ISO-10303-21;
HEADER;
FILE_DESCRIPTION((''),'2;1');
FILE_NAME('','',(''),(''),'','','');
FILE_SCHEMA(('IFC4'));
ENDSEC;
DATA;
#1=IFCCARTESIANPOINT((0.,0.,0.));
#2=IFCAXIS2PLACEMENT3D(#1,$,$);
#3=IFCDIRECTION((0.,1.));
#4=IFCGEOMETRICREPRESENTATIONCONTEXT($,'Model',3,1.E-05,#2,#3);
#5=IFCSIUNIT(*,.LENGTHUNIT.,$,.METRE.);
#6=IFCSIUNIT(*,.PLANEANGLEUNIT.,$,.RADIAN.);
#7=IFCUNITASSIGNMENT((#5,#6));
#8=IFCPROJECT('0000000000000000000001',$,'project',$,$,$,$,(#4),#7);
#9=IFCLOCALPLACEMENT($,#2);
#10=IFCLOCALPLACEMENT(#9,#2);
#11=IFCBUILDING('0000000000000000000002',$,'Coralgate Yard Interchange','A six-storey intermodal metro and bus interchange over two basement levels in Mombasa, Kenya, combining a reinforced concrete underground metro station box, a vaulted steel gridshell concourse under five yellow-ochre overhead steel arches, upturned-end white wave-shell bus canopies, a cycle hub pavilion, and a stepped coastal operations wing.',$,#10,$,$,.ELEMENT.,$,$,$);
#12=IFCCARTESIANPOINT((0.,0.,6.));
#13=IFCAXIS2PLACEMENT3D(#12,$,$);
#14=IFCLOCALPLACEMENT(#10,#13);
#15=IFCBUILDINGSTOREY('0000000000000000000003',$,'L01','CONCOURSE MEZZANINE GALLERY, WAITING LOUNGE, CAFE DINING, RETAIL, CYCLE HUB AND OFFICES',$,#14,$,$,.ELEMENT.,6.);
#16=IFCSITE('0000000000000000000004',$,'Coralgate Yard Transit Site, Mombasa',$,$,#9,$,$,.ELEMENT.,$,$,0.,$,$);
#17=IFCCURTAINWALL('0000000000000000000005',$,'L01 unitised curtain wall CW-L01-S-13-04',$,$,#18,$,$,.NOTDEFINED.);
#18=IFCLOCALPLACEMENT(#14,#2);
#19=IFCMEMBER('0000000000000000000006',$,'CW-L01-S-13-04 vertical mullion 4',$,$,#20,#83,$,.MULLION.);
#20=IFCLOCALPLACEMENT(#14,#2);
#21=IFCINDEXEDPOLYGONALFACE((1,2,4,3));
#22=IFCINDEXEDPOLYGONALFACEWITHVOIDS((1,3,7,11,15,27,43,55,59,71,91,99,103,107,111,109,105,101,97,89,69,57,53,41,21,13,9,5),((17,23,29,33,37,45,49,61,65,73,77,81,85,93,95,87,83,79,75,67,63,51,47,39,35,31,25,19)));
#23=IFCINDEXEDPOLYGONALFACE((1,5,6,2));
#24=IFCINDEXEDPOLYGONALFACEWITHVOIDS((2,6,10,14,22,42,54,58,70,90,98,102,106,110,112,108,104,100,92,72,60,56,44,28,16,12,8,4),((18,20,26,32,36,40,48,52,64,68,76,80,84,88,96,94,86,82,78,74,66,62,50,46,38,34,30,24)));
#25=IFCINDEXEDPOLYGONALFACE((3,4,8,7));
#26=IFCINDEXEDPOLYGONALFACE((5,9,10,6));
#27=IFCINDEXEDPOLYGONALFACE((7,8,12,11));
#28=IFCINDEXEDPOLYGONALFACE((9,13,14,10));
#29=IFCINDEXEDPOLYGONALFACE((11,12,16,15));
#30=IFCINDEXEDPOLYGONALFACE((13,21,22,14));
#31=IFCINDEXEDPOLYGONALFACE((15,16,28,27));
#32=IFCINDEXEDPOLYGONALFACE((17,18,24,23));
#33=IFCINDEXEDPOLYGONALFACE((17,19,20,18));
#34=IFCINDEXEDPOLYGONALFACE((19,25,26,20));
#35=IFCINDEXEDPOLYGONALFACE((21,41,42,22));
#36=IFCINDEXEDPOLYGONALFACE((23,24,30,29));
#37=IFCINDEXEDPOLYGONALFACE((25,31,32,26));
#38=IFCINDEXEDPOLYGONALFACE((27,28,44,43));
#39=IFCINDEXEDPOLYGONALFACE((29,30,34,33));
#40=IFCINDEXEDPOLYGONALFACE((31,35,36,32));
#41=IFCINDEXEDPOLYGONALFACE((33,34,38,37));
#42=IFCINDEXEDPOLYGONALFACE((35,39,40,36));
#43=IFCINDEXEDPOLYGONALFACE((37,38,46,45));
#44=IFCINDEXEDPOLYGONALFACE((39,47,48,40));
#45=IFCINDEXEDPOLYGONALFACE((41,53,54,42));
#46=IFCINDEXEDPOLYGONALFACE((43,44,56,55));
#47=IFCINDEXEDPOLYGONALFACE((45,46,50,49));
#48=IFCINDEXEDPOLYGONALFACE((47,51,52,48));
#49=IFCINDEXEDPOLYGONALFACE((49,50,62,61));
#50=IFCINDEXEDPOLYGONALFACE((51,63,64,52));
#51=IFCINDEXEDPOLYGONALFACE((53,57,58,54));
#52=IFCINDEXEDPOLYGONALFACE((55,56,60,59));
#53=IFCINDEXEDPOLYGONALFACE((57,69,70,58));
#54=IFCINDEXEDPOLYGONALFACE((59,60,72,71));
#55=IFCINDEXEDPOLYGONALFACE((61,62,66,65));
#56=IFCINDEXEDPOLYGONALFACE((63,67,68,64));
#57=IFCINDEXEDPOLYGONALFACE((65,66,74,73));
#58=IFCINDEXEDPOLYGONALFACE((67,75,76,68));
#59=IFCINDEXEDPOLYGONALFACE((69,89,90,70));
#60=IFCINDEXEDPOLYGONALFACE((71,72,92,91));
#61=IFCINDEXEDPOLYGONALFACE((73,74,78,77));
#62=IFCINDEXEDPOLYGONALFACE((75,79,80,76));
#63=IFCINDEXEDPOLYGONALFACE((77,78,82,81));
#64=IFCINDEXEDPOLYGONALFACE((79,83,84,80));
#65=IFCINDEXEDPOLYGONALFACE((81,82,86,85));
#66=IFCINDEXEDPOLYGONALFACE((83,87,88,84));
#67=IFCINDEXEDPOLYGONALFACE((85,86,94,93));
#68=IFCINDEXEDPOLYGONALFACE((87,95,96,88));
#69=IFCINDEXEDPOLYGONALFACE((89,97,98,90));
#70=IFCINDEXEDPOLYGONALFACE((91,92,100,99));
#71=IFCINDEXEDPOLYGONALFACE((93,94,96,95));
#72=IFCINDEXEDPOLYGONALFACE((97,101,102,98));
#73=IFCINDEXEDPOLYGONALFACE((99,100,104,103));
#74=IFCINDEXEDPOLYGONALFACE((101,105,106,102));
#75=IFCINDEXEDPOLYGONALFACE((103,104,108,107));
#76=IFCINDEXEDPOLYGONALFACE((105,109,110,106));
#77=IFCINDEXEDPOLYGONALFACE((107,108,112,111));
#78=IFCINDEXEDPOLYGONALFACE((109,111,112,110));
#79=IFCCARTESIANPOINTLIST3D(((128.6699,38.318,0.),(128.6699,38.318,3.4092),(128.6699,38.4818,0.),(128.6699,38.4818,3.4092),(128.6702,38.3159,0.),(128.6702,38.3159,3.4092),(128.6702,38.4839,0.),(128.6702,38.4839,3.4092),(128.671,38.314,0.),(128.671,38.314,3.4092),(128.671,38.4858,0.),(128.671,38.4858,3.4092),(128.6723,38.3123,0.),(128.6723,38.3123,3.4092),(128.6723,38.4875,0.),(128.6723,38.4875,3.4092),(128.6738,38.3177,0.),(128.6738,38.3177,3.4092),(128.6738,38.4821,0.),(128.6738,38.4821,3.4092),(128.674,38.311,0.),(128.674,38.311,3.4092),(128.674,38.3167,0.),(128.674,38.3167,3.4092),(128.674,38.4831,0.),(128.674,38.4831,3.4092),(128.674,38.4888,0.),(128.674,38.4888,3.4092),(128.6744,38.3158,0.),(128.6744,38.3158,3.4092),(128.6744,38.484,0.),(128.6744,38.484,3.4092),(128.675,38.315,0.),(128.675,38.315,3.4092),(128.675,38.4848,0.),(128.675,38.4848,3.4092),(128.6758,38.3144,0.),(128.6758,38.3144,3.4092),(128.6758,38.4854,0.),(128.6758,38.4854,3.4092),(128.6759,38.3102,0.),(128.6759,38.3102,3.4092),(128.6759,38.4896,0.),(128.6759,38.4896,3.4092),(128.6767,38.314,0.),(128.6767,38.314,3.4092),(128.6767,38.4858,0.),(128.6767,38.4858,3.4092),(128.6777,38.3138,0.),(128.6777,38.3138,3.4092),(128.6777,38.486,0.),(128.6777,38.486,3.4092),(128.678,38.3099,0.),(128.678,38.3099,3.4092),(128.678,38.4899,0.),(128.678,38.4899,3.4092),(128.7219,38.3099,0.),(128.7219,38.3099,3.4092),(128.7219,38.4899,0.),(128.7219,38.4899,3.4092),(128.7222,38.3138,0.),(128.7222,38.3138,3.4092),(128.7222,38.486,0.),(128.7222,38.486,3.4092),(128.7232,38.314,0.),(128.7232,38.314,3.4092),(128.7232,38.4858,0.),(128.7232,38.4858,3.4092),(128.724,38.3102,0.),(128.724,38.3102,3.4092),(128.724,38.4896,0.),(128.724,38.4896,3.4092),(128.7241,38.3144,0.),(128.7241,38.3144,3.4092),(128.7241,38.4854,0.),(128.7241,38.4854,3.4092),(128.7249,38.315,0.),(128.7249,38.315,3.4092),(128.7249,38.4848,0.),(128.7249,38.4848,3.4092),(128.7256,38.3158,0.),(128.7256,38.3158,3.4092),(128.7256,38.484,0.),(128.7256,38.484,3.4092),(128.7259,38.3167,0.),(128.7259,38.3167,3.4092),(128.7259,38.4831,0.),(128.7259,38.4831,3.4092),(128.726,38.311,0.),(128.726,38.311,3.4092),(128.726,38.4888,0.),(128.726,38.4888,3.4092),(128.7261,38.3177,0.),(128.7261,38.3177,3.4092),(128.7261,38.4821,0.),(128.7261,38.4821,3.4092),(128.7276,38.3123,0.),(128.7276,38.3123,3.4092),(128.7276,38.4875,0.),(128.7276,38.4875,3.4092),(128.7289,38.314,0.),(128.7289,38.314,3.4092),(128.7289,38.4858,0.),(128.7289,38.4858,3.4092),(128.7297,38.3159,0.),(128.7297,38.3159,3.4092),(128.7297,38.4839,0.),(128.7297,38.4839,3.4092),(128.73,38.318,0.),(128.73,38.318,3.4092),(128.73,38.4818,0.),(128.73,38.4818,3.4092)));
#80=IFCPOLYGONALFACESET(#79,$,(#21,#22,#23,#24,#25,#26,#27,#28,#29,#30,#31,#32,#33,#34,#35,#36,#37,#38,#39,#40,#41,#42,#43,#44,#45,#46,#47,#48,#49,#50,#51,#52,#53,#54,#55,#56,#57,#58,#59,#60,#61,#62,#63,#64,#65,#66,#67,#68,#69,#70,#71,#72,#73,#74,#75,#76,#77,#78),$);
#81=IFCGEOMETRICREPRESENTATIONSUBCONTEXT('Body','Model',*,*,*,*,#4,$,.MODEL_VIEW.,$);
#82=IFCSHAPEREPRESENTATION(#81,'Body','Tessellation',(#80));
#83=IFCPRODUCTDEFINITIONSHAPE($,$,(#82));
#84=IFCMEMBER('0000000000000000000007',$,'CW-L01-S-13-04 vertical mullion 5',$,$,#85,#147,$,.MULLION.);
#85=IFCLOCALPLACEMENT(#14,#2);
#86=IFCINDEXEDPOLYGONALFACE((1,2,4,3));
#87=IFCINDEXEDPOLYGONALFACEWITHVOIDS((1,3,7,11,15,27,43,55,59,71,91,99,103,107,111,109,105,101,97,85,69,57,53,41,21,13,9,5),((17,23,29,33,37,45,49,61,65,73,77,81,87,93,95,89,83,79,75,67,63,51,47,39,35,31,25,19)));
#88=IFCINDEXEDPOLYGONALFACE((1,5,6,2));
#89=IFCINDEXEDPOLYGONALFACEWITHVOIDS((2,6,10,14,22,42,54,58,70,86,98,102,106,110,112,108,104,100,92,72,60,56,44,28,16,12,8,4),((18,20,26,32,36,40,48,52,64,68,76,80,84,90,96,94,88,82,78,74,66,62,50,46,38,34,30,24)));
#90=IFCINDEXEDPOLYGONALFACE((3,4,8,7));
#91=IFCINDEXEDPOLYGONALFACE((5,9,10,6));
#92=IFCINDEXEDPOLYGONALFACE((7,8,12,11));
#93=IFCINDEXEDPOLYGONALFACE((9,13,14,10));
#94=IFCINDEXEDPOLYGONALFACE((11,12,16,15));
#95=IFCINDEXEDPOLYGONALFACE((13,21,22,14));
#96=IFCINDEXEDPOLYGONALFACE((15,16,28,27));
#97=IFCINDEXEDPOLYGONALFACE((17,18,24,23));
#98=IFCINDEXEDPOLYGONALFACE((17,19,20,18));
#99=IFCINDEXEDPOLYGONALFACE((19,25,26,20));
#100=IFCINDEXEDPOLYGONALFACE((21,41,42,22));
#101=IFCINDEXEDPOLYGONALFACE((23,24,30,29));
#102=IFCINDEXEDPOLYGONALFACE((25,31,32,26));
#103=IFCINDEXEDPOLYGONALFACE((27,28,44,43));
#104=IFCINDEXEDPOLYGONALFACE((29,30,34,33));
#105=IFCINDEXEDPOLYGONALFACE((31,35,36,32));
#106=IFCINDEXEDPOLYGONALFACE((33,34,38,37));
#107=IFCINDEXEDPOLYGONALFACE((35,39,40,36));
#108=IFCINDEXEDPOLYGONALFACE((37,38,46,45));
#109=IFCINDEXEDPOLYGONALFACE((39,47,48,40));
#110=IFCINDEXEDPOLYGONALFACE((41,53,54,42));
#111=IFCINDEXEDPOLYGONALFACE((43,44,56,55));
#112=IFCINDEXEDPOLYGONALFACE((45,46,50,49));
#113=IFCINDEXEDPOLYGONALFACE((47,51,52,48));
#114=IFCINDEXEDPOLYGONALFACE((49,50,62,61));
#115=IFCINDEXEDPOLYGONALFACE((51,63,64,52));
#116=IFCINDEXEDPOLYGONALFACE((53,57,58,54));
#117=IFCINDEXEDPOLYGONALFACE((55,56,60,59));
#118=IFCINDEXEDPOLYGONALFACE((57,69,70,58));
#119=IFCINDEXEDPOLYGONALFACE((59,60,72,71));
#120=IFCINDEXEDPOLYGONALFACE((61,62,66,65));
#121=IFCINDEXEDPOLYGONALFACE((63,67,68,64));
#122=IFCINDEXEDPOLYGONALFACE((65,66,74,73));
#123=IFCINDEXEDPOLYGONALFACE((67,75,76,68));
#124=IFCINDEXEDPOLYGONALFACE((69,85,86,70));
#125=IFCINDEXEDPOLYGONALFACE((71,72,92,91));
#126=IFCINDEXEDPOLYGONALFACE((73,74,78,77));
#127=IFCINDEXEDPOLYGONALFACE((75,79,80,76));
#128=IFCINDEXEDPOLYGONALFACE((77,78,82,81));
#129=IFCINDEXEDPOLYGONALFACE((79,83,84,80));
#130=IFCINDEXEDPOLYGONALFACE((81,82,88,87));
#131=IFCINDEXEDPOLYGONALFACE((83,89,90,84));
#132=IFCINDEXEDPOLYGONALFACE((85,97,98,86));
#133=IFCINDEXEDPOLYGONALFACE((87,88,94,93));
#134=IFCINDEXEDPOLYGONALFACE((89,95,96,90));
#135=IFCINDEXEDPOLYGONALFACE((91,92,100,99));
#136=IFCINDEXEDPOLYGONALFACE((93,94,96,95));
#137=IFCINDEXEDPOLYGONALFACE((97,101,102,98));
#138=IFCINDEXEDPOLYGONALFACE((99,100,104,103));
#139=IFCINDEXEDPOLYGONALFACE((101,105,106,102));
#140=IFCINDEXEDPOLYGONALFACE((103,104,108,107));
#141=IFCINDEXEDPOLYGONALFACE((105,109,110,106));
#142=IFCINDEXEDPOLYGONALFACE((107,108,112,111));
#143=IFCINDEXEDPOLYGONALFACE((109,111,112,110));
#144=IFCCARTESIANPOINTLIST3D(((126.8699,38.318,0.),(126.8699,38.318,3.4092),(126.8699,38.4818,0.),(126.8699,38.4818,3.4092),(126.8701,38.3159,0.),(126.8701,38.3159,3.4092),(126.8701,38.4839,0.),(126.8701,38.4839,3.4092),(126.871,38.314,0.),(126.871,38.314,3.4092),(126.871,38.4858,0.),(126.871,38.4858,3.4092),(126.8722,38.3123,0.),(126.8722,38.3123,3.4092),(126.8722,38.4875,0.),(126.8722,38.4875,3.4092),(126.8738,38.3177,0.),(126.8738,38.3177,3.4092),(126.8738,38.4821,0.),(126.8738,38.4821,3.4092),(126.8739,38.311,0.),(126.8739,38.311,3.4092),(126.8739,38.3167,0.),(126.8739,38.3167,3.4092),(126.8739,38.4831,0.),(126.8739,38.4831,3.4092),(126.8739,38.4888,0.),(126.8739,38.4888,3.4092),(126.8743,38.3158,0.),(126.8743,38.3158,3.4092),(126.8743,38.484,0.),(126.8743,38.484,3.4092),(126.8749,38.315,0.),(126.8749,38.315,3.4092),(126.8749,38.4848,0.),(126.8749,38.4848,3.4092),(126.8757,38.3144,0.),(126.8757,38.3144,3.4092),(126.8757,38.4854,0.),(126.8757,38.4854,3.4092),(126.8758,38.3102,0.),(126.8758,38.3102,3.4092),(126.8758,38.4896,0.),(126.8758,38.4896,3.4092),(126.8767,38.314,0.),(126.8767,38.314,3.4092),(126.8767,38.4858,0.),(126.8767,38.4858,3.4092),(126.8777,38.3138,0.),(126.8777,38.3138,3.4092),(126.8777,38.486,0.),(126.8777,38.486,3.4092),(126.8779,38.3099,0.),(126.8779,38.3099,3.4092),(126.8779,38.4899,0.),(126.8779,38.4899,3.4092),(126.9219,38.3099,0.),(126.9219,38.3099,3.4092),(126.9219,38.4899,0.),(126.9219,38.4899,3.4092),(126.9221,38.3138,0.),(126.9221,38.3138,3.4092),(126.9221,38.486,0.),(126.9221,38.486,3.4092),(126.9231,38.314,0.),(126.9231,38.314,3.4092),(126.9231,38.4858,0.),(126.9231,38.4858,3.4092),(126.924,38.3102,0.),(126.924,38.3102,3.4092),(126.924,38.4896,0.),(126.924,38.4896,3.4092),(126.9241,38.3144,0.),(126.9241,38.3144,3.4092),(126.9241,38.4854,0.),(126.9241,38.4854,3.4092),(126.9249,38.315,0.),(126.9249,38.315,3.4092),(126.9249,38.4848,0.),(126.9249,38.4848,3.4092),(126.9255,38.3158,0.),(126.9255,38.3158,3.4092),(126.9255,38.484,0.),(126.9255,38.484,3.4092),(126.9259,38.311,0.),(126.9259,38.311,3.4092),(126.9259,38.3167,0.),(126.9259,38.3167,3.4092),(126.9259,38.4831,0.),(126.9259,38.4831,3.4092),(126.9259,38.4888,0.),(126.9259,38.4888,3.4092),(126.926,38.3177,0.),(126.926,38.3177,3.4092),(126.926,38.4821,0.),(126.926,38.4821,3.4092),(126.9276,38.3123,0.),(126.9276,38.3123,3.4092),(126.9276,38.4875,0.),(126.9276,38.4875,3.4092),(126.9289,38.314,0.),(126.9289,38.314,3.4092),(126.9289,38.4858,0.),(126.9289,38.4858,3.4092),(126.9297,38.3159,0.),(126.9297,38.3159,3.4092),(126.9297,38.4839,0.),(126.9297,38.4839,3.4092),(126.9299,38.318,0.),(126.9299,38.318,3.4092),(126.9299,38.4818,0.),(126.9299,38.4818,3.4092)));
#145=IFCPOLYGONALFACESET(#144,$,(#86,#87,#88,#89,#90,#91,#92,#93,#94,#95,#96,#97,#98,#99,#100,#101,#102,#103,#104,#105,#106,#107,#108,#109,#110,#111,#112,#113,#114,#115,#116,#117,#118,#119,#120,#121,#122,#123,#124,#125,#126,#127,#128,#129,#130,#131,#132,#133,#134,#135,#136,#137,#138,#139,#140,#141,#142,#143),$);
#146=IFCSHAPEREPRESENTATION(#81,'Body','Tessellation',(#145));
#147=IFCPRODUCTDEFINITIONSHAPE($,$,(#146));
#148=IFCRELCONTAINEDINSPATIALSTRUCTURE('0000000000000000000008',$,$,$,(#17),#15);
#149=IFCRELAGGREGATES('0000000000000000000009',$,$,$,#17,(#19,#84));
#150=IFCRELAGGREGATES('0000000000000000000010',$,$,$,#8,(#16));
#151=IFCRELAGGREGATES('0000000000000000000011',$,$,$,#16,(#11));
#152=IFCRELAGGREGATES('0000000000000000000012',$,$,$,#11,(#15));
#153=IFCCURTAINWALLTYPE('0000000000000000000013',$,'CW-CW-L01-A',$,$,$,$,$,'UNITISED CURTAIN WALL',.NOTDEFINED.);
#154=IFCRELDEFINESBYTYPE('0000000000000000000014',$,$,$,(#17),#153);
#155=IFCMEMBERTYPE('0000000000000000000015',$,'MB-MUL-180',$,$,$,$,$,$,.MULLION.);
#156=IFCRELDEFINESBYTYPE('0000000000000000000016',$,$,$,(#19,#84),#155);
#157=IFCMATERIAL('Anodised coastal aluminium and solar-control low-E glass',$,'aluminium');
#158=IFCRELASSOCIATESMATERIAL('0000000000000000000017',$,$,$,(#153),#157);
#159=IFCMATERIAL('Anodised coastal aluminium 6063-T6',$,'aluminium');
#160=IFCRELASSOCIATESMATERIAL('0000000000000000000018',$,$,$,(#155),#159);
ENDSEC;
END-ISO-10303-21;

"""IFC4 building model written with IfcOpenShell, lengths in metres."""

from ifc_helpers import new_model, si_unit, direction, frame, origin, origin_2d, place, context, subcontext, project, spatial, hollow_rectangle, extrude, material, material_profile, profile_set, type_object, element, aggregate, save


model = new_model("IFC4")

# Units and contexts
model_context = context("Model", 3, precision=1e-05, world=origin(), true_north=direction((0.0, 1.0)))
body_context = subcontext(model_context, "Body", "Model", "MODEL_VIEW")
ifc_project = project(units=[si_unit("LENGTHUNIT", "METRE"), si_unit("PLANEANGLEUNIT", "RADIAN")], contexts=[model_context])

# Site, building, storey
site_placement = place(None, origin())
site = spatial("IfcSite", under=ifc_project, at=site_placement, Name="Coralgate Yard Transit Site, Mombasa", CompositionType="ELEMENT", RefElevation=0.0)
building_placement = place(site_placement, origin())
building = spatial("IfcBuilding", under=site, at=building_placement, Name="Coralgate Yard Interchange", Description="A six-storey intermodal metro and bus interchange over two basement levels in Mombasa, Kenya, combining a reinforced concrete underground metro station box, a vaulted steel gridshell concourse under five yellow-ochre overhead steel arches, upturned-end white wave-shell bus canopies, a cycle hub pavilion, and a stepped coastal operations wing.", CompositionType="ELEMENT")
storey_placement = place(building_placement, frame((0.0, 0.0, 6.0)))
storey = spatial("IfcBuildingStorey", under=building, at=storey_placement, Name="L01", Description="CONCOURSE MEZZANINE GALLERY, WAITING LOUNGE, CAFE DINING, RETAIL, CYCLE HUB AND OFFICES", CompositionType="ELEMENT", Elevation=6.0)

# Curtain wall, members
ifc_material_1 = material(Name="Anodised coastal aluminium and solar-control low-E glass", Category="aluminium")
curtain_wall_type_1 = type_object("IfcCurtainWallType", Name="CW-CW-L01-A", ElementType="UNITISED CURTAIN WALL", PredefinedType="NOTDEFINED", material=ifc_material_1)
curtain_wall_1_placement = place(storey_placement, origin())
curtain_wall_1 = element("IfcCurtainWall", 1, at=curtain_wall_1_placement, inside=storey, type_object=curtain_wall_type_1, Name="L01 unitised curtain wall CW-L01-S-13-04", PredefinedType="NOTDEFINED")
ifc_material_2 = material(Name="Anodised coastal aluminium 6063-T6", Category="aluminium")
ifc_material_profile_1 = material_profile(ifc_material_2, hollow_rectangle(XDim=0.0601, YDim=0.1799, WallThickness=0.0039, InnerFilletRadius=0.0039, OuterFilletRadius=0.0081, at=origin_2d()), Name="ALU 60x180x4")
ifc_profile_set_1 = profile_set([ifc_material_profile_1], Name="Anodised coastal aluminium 6063-T6")
member_type_1 = type_object("IfcMemberType", Name="MB-MUL-180", PredefinedType="MULLION", material=ifc_profile_set_1)
member_1_placement = place(storey_placement, frame((128.7, 38.3999, 0.0), z_axis=(0.0, 0.0, 1.0), x_axis=(1.0, 0.0, 0.0)))
member_1 = element("IfcMember", 2, at=member_1_placement, type_object=member_type_1, Name="CW-L01-S-13-04 vertical mullion 4", PredefinedType="MULLION", context=body_context, shape_type="SweptSolid", body=[
    extrude(hollow_rectangle(XDim=0.0601, YDim=0.1799, WallThickness=0.0039, InnerFilletRadius=0.0039, OuterFilletRadius=0.0081, at=origin_2d()), origin(), (0.0, 0.0, 1.0), 3.4092),
])
member_2_placement = place(storey_placement, frame((126.8999, 38.3999, 0.0), z_axis=(0.0, 0.0, 1.0), x_axis=(1.0, 0.0, 0.0)))
member_2 = element("IfcMember", 3, at=member_2_placement, type_object=member_type_1, Name="CW-L01-S-13-04 vertical mullion 5", PredefinedType="MULLION", context=body_context, shape_type="SweptSolid", body=[
    extrude(hollow_rectangle(XDim=0.0601, YDim=0.1799, WallThickness=0.0039, InnerFilletRadius=0.0039, OuterFilletRadius=0.0081, at=origin_2d()), origin(), (0.0, 0.0, 1.0), 3.4092),
])

aggregate(curtain_wall_1, [member_1, member_2])

save(model, "model.ifc")
